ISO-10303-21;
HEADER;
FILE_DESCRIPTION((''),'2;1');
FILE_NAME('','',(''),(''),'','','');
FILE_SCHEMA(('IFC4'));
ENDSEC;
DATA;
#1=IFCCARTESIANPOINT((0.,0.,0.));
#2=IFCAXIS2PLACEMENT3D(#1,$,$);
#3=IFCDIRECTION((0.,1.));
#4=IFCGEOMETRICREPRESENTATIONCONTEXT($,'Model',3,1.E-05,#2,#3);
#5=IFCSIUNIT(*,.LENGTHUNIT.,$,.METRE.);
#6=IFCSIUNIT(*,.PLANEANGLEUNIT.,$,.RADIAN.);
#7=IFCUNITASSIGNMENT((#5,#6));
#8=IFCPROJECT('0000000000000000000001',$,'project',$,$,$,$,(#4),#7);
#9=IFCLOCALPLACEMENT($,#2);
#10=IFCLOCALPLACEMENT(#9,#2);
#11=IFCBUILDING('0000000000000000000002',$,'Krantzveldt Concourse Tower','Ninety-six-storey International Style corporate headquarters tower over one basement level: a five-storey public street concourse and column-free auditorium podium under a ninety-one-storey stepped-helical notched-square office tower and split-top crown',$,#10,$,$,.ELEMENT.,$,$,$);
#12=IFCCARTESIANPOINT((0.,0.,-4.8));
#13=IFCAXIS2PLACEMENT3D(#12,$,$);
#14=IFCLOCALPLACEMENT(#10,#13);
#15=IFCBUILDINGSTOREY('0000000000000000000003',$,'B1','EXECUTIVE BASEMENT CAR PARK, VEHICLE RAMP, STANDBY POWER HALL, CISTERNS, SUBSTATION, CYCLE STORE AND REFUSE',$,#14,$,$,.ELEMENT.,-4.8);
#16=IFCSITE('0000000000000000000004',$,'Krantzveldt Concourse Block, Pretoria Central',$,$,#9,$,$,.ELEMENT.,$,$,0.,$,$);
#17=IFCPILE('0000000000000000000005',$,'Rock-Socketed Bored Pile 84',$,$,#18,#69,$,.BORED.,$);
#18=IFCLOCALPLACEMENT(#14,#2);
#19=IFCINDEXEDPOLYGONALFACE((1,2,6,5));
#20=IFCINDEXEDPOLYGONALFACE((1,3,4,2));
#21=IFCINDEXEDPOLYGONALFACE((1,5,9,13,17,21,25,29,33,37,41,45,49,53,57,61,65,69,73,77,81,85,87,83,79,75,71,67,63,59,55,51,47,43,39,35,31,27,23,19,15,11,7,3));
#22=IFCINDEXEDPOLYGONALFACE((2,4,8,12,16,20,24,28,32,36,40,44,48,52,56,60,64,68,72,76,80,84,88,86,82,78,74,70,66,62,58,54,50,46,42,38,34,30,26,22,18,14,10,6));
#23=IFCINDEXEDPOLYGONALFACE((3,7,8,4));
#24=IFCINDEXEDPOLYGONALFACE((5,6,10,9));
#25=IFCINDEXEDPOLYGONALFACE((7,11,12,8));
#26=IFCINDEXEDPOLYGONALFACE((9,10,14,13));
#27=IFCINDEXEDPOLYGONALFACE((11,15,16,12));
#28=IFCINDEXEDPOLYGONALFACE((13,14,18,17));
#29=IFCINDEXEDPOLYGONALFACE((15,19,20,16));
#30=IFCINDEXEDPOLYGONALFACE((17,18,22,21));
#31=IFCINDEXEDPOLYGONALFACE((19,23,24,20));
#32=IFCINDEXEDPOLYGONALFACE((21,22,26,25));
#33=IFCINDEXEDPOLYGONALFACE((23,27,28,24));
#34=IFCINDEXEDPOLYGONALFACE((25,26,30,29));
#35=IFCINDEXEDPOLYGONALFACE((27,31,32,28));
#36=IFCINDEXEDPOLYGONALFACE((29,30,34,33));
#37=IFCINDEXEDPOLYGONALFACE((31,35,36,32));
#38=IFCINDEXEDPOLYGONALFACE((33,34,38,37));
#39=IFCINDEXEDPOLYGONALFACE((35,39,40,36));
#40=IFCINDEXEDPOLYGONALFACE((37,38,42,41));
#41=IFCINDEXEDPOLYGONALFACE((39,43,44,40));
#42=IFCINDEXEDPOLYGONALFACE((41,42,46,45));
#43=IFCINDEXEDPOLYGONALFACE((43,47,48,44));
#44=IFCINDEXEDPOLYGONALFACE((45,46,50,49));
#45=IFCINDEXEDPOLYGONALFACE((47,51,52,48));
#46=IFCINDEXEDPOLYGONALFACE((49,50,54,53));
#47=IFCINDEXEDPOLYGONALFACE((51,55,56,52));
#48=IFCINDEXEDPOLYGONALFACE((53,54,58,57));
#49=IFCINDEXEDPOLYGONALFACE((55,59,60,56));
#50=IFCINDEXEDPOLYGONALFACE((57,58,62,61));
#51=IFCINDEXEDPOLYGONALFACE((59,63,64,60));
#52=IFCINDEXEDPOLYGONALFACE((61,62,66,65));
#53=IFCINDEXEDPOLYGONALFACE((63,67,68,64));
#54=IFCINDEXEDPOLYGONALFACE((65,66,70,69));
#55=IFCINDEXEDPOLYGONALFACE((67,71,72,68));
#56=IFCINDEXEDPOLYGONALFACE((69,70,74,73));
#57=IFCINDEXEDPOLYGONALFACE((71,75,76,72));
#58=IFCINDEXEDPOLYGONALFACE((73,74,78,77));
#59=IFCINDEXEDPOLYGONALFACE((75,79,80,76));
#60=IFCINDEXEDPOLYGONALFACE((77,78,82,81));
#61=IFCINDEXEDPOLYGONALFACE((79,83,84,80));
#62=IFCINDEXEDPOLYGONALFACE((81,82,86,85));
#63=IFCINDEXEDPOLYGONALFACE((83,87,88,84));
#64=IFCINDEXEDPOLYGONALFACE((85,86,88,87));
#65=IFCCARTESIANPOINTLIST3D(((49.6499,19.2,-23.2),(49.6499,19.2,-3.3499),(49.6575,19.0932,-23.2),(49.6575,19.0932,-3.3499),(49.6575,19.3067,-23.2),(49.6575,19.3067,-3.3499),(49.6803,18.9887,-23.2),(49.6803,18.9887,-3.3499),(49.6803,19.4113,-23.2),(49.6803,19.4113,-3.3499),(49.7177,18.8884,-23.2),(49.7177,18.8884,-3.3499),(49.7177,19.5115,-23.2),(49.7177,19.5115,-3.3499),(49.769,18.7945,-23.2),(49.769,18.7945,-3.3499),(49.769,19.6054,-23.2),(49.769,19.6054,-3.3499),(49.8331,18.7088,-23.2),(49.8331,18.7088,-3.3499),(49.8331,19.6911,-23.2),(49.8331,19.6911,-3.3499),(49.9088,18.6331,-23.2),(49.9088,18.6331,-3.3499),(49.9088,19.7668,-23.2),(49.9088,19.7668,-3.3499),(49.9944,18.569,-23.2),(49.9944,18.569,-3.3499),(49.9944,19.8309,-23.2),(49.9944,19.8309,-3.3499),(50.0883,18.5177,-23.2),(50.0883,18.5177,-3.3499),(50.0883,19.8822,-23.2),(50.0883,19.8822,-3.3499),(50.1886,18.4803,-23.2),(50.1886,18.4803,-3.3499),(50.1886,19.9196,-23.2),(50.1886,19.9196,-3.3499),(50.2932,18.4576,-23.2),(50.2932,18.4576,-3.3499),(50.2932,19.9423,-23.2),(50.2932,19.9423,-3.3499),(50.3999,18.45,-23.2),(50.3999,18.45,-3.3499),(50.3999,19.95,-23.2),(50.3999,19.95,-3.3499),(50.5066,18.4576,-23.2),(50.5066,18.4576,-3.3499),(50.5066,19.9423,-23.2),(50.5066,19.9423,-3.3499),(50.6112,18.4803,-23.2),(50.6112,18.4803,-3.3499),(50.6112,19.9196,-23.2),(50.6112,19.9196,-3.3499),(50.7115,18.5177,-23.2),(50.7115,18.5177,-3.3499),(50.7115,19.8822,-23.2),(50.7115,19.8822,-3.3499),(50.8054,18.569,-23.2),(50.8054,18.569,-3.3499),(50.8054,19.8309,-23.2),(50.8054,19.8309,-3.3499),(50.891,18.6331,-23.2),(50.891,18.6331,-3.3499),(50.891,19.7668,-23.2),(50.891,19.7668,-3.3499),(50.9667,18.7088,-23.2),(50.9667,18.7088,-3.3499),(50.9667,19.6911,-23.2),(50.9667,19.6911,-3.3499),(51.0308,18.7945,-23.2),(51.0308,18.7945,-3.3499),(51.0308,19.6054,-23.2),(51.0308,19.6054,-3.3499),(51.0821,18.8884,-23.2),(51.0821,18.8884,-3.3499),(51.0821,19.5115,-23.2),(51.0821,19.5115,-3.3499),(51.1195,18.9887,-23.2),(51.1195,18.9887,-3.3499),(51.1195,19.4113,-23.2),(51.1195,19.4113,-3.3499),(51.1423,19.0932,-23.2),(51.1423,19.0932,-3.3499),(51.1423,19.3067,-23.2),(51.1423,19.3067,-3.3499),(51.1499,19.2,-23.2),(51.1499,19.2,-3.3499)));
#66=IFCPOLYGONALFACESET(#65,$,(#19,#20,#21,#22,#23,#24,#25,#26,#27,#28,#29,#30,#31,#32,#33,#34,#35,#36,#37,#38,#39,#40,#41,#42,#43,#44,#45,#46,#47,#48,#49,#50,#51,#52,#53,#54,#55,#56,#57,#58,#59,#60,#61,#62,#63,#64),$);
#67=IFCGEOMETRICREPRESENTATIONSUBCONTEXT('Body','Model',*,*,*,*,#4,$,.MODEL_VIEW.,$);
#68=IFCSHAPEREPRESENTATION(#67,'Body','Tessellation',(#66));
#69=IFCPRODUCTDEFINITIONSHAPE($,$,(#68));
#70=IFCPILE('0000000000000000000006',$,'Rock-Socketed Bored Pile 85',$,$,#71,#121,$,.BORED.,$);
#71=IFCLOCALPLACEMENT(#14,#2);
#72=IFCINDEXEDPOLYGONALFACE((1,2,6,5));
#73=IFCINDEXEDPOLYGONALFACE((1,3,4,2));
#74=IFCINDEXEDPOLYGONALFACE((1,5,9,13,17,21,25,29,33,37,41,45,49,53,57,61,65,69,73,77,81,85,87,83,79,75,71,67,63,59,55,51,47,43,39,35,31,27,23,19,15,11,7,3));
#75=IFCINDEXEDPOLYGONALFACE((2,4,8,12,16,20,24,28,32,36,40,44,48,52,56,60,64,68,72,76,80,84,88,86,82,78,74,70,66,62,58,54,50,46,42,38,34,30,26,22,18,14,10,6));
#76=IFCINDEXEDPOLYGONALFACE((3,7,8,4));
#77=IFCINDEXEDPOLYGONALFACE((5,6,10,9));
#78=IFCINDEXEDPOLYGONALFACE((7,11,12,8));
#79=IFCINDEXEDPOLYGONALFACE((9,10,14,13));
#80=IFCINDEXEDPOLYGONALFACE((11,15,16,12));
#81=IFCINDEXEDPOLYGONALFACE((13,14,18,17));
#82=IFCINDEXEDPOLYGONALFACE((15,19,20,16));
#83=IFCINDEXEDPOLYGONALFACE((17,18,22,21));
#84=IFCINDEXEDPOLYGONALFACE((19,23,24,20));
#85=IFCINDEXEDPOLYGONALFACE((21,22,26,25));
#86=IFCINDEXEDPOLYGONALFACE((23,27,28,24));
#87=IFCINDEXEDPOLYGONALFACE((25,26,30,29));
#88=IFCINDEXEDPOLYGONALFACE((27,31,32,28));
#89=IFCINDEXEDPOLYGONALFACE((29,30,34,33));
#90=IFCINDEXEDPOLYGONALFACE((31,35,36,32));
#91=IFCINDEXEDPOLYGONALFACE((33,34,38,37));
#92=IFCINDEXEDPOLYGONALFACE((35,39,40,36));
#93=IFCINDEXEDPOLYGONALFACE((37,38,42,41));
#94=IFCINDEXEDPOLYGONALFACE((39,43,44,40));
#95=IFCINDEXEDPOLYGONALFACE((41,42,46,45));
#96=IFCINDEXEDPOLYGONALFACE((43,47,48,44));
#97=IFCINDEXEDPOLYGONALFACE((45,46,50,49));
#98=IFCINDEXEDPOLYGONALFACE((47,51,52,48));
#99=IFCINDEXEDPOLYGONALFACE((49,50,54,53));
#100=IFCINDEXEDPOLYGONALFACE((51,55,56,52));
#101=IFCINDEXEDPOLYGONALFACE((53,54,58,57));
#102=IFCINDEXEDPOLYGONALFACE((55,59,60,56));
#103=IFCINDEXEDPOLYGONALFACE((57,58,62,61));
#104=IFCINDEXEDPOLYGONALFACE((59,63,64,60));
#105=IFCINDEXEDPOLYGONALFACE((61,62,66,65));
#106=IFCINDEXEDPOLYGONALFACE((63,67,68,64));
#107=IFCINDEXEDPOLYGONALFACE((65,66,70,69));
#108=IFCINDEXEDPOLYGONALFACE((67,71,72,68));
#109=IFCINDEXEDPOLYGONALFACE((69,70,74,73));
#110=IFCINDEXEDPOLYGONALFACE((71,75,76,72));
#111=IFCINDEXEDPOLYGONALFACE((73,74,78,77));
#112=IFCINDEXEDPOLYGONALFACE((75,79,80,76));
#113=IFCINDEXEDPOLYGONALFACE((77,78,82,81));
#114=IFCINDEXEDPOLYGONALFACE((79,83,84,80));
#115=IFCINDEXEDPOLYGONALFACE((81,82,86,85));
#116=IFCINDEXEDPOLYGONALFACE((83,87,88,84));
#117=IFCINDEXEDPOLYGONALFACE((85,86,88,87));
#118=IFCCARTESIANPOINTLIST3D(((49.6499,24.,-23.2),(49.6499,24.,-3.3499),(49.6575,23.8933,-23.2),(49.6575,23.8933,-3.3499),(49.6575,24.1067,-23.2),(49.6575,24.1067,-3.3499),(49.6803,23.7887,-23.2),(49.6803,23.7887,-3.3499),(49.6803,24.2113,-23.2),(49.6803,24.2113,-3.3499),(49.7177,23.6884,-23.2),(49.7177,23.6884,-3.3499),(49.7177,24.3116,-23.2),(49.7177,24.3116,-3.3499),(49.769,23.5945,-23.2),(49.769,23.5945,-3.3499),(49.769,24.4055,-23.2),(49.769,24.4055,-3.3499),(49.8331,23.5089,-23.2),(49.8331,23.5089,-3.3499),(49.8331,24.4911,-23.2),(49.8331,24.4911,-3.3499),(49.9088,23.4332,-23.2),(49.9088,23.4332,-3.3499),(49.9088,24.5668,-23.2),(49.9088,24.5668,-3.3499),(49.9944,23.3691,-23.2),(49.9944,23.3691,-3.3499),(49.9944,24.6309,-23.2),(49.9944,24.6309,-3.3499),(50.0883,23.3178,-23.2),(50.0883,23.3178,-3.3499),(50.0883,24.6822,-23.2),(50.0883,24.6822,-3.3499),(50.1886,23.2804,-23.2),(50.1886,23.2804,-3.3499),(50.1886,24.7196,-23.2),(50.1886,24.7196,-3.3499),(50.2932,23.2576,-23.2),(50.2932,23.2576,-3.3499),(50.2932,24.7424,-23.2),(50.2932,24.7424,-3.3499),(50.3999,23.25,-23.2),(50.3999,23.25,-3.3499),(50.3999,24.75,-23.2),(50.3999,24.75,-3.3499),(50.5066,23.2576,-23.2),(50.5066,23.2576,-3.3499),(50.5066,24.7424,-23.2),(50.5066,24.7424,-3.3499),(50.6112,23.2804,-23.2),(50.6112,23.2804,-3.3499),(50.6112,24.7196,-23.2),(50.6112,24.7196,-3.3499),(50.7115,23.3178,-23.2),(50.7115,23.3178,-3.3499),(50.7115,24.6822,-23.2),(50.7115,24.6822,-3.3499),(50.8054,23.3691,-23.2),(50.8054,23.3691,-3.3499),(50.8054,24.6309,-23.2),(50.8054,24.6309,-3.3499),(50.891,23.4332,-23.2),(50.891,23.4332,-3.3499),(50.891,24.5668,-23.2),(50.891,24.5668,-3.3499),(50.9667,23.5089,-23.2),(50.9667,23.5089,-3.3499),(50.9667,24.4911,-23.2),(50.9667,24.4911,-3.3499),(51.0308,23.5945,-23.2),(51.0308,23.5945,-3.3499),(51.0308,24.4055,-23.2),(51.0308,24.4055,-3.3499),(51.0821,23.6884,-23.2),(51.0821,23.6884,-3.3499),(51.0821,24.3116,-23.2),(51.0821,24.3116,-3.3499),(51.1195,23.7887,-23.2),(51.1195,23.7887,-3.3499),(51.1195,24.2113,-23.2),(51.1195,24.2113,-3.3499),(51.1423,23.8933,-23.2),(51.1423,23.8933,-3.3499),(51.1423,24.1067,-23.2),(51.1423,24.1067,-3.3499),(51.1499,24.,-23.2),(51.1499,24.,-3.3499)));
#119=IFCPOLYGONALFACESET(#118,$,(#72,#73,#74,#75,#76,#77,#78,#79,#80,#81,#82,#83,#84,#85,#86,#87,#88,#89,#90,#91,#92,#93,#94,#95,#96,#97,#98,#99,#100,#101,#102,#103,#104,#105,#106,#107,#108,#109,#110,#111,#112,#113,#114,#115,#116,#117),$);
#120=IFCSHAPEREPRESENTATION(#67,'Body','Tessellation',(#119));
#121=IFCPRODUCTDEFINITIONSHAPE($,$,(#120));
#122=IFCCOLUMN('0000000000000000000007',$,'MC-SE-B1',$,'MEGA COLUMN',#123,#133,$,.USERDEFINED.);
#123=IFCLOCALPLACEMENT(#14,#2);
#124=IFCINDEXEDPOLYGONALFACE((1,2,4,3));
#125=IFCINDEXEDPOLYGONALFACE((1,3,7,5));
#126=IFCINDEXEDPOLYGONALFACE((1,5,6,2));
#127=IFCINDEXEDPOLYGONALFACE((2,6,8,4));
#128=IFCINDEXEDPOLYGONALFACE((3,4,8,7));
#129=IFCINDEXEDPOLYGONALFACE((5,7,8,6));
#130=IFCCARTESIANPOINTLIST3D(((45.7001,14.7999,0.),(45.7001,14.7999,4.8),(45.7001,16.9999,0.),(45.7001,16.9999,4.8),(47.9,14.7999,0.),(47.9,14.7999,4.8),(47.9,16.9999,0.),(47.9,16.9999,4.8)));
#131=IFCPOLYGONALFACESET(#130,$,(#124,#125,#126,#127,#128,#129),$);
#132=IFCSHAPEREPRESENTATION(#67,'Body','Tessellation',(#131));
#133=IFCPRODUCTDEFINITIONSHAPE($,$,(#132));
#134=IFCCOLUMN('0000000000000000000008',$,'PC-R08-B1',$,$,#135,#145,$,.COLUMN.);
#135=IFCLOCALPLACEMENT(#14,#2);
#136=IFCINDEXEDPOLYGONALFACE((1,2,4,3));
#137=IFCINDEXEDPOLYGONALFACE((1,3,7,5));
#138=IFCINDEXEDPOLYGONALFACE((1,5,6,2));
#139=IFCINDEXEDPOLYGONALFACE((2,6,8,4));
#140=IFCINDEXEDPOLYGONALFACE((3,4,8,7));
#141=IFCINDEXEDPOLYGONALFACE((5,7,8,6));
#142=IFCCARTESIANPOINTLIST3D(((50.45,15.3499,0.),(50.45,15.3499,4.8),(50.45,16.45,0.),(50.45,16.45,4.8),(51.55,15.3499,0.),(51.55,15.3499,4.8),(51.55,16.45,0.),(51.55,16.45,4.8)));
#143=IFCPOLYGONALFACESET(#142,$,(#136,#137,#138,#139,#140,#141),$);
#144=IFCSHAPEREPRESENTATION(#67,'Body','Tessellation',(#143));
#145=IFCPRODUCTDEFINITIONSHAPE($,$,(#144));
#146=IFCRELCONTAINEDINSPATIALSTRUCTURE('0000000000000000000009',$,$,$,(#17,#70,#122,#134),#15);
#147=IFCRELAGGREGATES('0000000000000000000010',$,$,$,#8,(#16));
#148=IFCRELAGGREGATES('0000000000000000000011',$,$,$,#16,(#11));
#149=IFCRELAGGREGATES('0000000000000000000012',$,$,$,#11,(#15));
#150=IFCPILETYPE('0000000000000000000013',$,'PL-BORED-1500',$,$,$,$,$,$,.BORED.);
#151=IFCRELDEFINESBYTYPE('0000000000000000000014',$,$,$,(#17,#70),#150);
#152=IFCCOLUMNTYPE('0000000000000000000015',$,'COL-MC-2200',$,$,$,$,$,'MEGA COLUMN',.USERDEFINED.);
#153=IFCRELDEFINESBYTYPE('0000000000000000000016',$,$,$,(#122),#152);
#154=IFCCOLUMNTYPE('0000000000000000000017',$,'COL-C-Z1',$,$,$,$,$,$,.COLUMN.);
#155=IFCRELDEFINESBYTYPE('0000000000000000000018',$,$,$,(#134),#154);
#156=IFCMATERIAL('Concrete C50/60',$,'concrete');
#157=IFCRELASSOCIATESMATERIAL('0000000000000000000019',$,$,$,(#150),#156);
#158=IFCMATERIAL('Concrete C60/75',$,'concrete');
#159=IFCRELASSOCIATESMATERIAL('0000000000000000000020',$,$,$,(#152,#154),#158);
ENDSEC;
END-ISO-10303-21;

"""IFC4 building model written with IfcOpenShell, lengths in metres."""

from ifc_helpers import new_model, si_unit, direction, frame, origin, origin_2d, place, context, subcontext, project, spatial, rectangle, circle, extrude, source, transform, mapped, material, material_profile, profile_set, type_object, type_shapes, element, save


model = new_model("IFC4")

# Units and contexts
model_context = context("Model", 3, precision=1e-05, world=origin(), true_north=direction((0.0, 1.0)))
body_context = subcontext(model_context, "Body", "Model", "MODEL_VIEW")
ifc_project = project(units=[si_unit("LENGTHUNIT", "METRE"), si_unit("PLANEANGLEUNIT", "RADIAN")], contexts=[model_context])

# Site, building, storey
site_placement = place(None, origin())
site = spatial("IfcSite", under=ifc_project, at=site_placement, Name="Krantzveldt Concourse Block, Pretoria Central", CompositionType="ELEMENT", RefElevation=0.0)
building_placement = place(site_placement, origin())
building = spatial("IfcBuilding", under=site, at=building_placement, Name="Krantzveldt Concourse Tower", Description="Ninety-six-storey International Style corporate headquarters tower over one basement level: a five-storey public street concourse and column-free auditorium podium under a ninety-one-storey stepped-helical notched-square office tower and split-top crown", CompositionType="ELEMENT")
storey_placement = place(building_placement, frame((0.0, 0.0, -4.8)))
storey = spatial("IfcBuildingStorey", under=building, at=storey_placement, Name="B1", Description="EXECUTIVE BASEMENT CAR PARK, VEHICLE RAMP, STANDBY POWER HALL, CISTERNS, SUBSTATION, CYCLE STORE AND REFUSE", CompositionType="ELEMENT", Elevation=-4.8)

# Piles
ifc_material_1 = material(Name="Concrete C50/60", Category="concrete")
ifc_material_profile_1 = material_profile(ifc_material_1, circle(Radius=0.75, at=origin_2d()), Name="Concrete C50/60", Category="concrete")
ifc_profile_set_1 = profile_set([ifc_material_profile_1], Name="Concrete C50/60 - PILE D1500")
pile_type = type_object("IfcPileType", Name="PL-BORED-1500", PredefinedType="BORED", material=ifc_profile_set_1)
shared_shape_1 = source(origin(), body_context, "Body", "SweptSolid", [
    extrude(circle(Radius=0.75, at=origin_2d()), origin(), (0.0, 0.0, 1.0), 19.8501),
])
type_shapes(pile_type, [shared_shape_1])
for number, where, z_axis, x_axis, name in (
    (1, (50.3999, 19.2, -3.3499), (0.0, 0.0, -1.0), (1.0, 0.0, 0.0), "Rock-Socketed Bored Pile 84"),
    (2, (50.3999, 24.0, -3.3499), (0.0, 0.0, -1.0), (1.0, 0.0, 0.0), "Rock-Socketed Bored Pile 85"),
):
    element("IfcPile", number, at=place(storey_placement, frame(where, z_axis=z_axis, x_axis=x_axis)), inside=storey, type_object=pile_type, Name=name, PredefinedType="BORED", context=body_context, shape_type="MappedRepresentation", body=[
        mapped(shared_shape_1, transform((0.0, 0.0, 0.0), x_axis=(1.0, 0.0, 0.0), y_axis=(0.0, 1.0, 0.0), z_axis=(0.0, 0.0, 1.0), scale=1.0)),
    ])

# Columns
ifc_material_2 = material(Name="Concrete C60/75", Category="concrete")
ifc_material_profile_2 = material_profile(ifc_material_2, rectangle(XDim=2.2, YDim=2.2, at=origin_2d()), Name="Concrete C60/75", Category="concrete")
ifc_profile_set_2 = profile_set([ifc_material_profile_2], Name="Concrete C60/75 - RC 2200x2200")
column_type_1 = type_object("IfcColumnType", Name="COL-MC-2200", ElementType="MEGA COLUMN", PredefinedType="USERDEFINED", material=ifc_profile_set_2)
shared_shape_2 = source(origin(), body_context, "Body", "SweptSolid", [
    extrude(rectangle(XDim=2.2, YDim=2.2, at=origin_2d()), origin(), (0.0, 0.0, 1.0), 4.8),
])
type_shapes(column_type_1, [shared_shape_2])
column_1_placement = place(storey_placement, frame((46.8, 15.8999, 0.0), z_axis=(0.0, 0.0, 1.0), x_axis=(1.0, 0.0, 0.0)))
element("IfcColumn", 3, at=column_1_placement, inside=storey, type_object=column_type_1, Name="MC-SE-B1", ObjectType="MEGA COLUMN", PredefinedType="USERDEFINED", context=body_context, shape_type="MappedRepresentation", body=[
    mapped(shared_shape_2, transform((0.0, 0.0, 0.0), x_axis=(1.0, 0.0, 0.0), y_axis=(0.0, 1.0, 0.0), z_axis=(0.0, 0.0, 1.0), scale=1.0)),
])
ifc_material_profile_3 = material_profile(ifc_material_2, rectangle(XDim=1.1001, YDim=1.1001, at=origin_2d()), Name="Concrete C60/75", Category="concrete")
ifc_profile_set_3 = profile_set([ifc_material_profile_3], Name="Concrete C60/75 - RC 1100x1100")
column_type_2 = type_object("IfcColumnType", Name="COL-C-Z1", PredefinedType="COLUMN", material=ifc_profile_set_3)
shared_shape_3 = source(origin(), body_context, "Body", "SweptSolid", [
    extrude(rectangle(XDim=1.1001, YDim=1.1001, at=origin_2d()), origin(), (0.0, 0.0, 1.0), 4.8),
])
type_shapes(column_type_2, [shared_shape_3])
column_2_placement = place(storey_placement, frame((51.0, 15.8999, 0.0), z_axis=(0.0, 0.0, 1.0), x_axis=(1.0, 0.0, 0.0)))
element("IfcColumn", 4, at=column_2_placement, inside=storey, type_object=column_type_2, Name="PC-R08-B1", PredefinedType="COLUMN", context=body_context, shape_type="MappedRepresentation", body=[
    mapped(shared_shape_3, transform((0.0, 0.0, 0.0), x_axis=(1.0, 0.0, 0.0), y_axis=(0.0, 1.0, 0.0), z_axis=(0.0, 0.0, 1.0), scale=1.0)),
])

save(model, "model.ifc")
